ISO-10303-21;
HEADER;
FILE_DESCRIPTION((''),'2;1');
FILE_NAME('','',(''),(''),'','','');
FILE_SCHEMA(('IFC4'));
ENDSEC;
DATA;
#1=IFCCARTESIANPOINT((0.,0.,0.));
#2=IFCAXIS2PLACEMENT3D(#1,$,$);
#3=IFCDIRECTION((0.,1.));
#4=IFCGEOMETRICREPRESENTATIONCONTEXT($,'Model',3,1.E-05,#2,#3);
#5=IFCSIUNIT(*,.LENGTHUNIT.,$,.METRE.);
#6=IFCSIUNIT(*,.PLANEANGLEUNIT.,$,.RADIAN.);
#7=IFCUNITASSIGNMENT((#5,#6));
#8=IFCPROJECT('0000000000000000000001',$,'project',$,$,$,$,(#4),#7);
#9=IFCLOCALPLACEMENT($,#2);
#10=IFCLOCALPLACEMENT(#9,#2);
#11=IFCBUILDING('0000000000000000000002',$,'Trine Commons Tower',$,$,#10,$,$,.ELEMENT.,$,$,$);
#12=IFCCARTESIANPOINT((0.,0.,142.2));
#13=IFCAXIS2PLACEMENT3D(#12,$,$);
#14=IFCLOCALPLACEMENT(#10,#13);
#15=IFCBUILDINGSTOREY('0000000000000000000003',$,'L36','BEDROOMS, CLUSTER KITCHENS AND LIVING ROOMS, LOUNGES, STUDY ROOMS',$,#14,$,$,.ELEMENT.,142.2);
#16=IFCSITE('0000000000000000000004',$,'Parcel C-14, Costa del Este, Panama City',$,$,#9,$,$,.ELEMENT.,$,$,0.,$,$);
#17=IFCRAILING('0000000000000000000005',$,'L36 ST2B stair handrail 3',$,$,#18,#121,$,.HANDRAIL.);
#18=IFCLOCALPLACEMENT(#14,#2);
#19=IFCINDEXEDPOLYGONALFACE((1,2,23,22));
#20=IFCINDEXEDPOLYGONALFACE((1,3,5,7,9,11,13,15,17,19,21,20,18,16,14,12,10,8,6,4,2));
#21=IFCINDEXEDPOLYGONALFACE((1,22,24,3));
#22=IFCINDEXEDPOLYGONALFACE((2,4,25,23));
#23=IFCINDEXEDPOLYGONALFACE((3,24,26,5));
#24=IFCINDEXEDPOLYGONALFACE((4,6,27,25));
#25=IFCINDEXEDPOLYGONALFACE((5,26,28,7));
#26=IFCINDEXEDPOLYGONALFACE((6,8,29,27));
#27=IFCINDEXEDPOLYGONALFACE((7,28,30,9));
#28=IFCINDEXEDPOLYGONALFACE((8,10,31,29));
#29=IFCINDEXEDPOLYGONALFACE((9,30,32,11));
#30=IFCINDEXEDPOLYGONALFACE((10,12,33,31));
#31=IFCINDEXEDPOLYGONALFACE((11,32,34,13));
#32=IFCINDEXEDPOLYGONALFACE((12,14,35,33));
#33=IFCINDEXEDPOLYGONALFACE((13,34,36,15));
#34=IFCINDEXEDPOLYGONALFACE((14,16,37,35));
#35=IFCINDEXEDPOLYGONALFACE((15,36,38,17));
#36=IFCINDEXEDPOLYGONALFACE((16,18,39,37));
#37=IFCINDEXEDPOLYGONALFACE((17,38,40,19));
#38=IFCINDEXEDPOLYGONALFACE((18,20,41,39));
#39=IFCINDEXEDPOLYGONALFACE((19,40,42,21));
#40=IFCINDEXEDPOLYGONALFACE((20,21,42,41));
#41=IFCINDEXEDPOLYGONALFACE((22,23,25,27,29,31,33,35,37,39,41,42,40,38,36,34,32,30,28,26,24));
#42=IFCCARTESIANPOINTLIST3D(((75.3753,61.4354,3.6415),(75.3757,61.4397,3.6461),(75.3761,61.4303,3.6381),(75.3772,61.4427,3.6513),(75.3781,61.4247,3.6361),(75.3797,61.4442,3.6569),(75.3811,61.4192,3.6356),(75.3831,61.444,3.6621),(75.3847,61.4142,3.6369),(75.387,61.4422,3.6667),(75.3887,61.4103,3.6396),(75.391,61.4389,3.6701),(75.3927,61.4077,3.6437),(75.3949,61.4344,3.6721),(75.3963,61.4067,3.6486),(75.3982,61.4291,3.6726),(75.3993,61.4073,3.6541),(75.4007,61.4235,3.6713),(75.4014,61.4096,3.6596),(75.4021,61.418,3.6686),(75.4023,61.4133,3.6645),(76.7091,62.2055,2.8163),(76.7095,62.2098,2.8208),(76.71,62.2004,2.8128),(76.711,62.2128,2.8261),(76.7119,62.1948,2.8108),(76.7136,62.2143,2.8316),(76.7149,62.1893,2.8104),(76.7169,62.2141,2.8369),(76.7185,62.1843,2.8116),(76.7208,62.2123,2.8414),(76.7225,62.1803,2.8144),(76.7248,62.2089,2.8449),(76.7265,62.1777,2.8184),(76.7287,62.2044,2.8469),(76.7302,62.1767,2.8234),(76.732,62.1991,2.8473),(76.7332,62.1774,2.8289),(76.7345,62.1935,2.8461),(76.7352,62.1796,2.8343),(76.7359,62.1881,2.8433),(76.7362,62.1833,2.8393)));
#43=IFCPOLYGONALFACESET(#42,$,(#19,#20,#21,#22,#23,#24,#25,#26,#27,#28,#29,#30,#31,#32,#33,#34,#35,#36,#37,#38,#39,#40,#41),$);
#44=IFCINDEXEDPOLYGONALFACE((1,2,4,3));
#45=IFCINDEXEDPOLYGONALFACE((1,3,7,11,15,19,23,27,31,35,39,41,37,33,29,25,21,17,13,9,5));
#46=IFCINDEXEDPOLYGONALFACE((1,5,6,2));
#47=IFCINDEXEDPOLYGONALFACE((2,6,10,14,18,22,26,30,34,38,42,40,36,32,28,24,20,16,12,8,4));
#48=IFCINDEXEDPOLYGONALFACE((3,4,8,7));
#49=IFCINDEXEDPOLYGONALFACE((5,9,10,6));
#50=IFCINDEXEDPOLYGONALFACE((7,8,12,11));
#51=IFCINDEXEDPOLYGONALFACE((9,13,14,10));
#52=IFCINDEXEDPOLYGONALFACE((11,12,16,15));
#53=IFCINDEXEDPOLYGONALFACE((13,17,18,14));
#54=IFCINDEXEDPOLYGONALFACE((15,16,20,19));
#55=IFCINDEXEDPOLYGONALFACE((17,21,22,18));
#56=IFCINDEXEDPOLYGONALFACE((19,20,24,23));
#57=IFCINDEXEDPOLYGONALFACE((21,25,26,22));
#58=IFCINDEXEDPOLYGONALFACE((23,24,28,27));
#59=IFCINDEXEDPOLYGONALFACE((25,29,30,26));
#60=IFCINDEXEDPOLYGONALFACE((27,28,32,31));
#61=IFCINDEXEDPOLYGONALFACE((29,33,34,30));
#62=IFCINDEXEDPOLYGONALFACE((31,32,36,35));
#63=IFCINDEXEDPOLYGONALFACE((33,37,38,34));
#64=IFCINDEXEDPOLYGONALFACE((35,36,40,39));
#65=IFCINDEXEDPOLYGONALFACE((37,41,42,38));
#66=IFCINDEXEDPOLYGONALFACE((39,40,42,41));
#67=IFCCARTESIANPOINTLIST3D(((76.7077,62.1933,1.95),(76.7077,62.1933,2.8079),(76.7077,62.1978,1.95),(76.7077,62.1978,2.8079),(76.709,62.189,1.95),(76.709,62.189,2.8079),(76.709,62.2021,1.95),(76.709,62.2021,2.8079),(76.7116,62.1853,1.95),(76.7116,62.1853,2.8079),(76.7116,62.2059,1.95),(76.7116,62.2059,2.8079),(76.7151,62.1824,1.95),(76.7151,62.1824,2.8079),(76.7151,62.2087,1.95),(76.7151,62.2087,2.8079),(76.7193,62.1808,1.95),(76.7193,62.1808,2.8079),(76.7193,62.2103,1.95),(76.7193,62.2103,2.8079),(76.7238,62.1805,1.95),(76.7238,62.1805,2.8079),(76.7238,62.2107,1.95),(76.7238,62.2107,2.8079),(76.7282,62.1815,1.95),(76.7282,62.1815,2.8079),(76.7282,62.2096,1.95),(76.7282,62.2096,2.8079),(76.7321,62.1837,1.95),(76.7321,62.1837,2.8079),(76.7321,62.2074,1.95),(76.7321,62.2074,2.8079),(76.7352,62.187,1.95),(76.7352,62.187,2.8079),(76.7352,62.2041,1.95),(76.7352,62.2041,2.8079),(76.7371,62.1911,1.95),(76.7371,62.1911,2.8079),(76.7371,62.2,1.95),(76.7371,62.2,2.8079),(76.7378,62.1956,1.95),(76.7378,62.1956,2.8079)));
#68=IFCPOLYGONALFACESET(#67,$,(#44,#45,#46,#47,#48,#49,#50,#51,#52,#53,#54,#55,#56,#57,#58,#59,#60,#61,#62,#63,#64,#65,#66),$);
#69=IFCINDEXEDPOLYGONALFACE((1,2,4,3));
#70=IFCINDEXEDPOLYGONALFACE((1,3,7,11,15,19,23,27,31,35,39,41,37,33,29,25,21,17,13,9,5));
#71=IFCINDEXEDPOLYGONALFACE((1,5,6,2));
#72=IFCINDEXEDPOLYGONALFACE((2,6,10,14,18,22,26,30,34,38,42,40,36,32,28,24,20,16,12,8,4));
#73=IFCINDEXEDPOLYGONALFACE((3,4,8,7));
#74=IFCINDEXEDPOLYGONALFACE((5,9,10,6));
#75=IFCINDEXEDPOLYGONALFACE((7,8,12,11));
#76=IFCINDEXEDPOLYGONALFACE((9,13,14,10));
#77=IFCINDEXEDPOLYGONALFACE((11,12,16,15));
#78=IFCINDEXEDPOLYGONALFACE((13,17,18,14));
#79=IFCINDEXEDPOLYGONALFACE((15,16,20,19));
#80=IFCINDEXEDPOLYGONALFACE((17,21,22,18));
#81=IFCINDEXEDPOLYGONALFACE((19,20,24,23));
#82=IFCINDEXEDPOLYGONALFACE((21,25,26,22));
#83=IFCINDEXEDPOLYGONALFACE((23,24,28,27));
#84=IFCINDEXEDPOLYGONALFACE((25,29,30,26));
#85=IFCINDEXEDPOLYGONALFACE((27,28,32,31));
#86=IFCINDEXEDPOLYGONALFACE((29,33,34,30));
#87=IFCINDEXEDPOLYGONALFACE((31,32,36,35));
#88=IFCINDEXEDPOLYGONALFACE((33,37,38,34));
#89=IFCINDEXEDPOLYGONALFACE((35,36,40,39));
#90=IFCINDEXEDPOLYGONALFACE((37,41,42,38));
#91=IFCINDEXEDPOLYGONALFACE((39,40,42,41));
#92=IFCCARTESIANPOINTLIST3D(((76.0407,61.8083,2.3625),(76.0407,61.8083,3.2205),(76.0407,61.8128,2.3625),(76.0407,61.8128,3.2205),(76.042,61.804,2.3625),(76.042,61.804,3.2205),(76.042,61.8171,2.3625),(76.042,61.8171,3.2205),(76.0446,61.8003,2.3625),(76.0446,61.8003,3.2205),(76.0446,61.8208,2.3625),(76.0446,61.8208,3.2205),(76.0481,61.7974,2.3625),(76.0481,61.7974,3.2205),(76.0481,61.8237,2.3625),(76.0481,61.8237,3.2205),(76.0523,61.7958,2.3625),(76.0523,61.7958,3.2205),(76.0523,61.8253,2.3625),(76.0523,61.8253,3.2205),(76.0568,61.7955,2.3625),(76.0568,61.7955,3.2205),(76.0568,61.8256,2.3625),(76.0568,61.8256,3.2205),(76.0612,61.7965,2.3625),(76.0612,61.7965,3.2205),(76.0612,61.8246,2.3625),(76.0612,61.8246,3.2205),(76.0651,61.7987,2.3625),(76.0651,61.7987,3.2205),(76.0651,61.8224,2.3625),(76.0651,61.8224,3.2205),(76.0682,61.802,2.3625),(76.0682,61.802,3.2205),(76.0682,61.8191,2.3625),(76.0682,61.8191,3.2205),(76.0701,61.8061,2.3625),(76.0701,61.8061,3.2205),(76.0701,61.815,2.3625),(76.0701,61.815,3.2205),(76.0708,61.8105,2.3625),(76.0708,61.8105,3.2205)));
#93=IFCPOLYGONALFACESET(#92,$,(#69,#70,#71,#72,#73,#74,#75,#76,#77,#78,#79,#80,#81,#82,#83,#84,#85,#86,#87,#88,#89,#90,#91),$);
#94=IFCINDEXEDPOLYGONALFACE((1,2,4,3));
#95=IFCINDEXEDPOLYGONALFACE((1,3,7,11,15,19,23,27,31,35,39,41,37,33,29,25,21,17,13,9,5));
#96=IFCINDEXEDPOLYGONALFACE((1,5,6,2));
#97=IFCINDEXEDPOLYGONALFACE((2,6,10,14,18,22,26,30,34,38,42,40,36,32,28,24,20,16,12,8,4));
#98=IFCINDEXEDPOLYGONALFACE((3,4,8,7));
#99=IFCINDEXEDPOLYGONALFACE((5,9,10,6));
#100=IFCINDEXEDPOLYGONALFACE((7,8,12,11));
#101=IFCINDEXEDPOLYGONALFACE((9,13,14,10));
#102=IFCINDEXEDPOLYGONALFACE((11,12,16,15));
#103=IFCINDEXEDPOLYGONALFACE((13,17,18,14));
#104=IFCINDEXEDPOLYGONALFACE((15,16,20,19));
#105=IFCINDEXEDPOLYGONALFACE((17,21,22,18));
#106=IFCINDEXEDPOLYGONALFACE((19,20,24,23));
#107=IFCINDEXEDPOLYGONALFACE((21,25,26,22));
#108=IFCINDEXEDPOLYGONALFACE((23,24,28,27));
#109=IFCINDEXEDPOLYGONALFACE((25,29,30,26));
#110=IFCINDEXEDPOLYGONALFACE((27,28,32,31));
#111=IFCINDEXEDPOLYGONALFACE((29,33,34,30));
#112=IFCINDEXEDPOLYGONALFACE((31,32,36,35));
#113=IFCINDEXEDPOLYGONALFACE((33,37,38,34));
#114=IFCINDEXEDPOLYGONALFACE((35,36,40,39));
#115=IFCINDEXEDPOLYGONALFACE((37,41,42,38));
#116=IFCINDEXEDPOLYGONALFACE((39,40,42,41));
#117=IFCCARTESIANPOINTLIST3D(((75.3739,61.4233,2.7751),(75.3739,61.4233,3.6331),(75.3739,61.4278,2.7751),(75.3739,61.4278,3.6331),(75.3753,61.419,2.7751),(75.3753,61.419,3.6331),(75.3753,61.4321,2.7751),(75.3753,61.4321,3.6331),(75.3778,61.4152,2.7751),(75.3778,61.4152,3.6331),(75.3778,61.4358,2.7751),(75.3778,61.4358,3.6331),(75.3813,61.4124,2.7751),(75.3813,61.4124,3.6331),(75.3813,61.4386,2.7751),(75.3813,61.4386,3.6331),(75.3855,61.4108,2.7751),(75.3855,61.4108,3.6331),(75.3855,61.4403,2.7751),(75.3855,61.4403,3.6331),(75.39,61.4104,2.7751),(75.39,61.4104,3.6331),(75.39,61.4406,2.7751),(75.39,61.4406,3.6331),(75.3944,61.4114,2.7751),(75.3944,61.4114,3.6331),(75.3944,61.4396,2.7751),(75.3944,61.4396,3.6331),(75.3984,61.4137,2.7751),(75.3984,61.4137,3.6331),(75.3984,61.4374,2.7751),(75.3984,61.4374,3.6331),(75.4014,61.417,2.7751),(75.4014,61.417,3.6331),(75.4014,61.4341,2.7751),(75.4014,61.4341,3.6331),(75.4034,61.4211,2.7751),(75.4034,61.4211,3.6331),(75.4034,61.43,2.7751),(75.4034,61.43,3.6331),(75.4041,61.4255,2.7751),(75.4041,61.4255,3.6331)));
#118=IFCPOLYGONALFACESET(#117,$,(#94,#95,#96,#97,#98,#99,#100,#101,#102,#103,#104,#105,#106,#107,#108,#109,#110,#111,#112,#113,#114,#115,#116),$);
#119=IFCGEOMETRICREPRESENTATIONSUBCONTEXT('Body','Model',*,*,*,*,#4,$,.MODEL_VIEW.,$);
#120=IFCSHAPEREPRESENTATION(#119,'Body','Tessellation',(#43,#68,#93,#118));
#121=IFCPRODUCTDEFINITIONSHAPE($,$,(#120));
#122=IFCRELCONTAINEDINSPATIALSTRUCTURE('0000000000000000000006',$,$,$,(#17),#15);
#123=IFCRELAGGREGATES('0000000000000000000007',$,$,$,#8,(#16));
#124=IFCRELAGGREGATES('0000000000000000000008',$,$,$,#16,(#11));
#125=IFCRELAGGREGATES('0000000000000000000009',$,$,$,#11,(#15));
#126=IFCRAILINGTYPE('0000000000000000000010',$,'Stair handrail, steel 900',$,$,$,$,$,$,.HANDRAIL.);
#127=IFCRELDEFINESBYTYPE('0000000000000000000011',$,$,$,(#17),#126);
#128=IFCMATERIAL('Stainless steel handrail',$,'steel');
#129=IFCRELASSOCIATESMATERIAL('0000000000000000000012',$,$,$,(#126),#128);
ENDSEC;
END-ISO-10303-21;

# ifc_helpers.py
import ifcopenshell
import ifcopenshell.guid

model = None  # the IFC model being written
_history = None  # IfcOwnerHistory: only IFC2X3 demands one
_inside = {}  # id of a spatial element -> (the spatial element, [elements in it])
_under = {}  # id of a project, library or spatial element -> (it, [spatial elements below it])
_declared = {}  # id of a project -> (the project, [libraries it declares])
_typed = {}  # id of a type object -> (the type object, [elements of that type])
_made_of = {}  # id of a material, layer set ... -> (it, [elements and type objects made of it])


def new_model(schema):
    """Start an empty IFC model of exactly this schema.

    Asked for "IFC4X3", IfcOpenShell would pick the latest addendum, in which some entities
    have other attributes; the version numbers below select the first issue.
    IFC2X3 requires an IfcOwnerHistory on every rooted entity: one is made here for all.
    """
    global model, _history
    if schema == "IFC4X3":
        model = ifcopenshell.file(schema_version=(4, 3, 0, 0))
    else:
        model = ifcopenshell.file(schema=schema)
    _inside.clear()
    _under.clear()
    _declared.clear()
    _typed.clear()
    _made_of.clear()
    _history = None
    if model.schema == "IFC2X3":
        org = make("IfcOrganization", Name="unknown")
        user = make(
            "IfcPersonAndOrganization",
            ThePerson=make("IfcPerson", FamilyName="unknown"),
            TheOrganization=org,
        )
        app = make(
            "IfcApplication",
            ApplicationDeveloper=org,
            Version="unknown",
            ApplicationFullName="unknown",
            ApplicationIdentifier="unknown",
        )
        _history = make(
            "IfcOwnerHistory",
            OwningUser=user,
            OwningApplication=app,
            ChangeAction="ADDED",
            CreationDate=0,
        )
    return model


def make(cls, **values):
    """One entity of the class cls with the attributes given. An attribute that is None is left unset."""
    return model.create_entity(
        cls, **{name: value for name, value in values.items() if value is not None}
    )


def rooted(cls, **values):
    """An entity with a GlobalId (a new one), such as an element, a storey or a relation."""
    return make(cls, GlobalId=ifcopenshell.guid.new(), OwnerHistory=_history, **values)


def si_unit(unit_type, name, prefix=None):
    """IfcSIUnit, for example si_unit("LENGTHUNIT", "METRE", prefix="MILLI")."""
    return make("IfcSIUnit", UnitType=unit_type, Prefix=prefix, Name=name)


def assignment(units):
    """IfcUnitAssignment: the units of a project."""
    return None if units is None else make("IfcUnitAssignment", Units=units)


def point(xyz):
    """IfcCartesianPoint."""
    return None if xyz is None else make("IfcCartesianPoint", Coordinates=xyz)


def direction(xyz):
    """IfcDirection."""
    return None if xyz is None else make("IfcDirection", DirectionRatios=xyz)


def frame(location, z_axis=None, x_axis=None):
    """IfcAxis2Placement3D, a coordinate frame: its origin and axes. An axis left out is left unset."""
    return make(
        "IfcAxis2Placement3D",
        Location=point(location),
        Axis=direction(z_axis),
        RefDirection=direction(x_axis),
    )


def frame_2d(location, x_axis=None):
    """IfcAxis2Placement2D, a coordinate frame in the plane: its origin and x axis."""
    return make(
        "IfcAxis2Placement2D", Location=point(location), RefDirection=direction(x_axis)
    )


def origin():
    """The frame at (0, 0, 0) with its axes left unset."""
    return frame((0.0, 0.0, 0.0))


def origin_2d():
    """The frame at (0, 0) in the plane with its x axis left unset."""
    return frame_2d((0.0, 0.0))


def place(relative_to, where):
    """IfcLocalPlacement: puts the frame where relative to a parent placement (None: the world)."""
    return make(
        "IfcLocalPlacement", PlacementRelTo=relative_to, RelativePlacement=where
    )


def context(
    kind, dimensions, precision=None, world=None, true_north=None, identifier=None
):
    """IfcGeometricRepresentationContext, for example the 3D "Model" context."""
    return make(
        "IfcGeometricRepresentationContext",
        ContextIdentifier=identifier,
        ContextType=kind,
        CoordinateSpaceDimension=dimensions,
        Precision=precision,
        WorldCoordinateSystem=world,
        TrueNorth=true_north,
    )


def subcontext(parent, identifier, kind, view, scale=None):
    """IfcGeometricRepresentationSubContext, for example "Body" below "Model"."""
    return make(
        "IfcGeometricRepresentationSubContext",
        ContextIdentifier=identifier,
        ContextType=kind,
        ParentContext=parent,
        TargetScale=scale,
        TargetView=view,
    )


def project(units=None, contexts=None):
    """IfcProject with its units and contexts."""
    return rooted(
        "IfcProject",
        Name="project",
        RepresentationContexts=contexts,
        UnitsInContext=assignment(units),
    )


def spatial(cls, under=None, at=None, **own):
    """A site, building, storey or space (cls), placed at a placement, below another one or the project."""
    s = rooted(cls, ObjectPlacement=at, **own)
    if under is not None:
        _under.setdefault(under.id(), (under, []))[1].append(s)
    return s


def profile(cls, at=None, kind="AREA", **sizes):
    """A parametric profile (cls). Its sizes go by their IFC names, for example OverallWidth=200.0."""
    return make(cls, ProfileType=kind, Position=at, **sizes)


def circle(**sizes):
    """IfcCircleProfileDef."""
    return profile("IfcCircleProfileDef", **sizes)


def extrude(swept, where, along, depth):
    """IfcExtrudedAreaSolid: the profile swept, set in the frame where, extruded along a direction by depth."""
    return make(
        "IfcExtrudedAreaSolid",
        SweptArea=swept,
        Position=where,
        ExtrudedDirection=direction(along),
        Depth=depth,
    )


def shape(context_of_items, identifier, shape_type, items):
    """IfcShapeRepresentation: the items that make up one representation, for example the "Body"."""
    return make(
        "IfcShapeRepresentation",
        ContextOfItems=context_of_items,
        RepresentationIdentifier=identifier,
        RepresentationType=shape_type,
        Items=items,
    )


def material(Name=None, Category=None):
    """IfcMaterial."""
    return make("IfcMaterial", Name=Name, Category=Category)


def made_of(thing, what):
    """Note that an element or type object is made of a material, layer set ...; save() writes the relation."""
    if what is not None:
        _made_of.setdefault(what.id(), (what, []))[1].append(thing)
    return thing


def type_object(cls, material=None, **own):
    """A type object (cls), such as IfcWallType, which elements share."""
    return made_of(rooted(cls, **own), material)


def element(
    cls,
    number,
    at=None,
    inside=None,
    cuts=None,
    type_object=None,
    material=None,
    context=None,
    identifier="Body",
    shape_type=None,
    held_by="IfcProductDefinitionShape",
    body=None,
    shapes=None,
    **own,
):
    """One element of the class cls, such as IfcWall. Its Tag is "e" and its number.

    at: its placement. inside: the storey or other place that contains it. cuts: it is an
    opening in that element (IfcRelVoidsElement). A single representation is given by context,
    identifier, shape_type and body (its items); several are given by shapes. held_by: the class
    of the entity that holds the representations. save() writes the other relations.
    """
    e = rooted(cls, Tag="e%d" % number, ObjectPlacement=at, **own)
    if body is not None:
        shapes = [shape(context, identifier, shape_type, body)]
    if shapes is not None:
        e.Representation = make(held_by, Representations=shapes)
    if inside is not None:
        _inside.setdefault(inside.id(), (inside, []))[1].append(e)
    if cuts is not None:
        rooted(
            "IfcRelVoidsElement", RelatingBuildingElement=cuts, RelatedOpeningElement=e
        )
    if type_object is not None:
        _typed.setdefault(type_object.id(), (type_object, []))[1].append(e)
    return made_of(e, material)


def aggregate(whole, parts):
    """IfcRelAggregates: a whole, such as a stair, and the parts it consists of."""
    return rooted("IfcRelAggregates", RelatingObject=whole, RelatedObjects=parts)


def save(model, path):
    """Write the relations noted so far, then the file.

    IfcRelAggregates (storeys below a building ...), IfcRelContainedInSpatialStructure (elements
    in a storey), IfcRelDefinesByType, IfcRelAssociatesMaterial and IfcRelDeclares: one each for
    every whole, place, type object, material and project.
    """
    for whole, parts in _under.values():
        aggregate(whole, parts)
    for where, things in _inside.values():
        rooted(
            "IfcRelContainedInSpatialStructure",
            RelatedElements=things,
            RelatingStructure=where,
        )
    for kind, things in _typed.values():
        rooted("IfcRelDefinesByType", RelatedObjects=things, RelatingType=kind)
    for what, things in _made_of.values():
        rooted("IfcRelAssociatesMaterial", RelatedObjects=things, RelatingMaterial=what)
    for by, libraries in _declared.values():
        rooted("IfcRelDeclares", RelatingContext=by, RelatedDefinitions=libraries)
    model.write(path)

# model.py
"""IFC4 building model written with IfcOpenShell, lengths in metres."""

from ifc_helpers import new_model, si_unit, direction, frame, origin, origin_2d, place, context, subcontext, project, spatial, circle, extrude, material, type_object, element, save


model = new_model("IFC4")

# Units and contexts
model_context = context("Model", 3, precision=1e-05, world=origin(), true_north=direction((0.0, 1.0)))
body_context = subcontext(model_context, "Body", "Model", "MODEL_VIEW")
ifc_project = project(units=[si_unit("LENGTHUNIT", "METRE"), si_unit("PLANEANGLEUNIT", "RADIAN")], contexts=[model_context])

# Site, building, storey
site_placement = place(None, origin())
site = spatial("IfcSite", under=ifc_project, at=site_placement, Name="Parcel C-14, Costa del Este, Panama City", CompositionType="ELEMENT", RefElevation=0.0)
building_placement = place(site_placement, origin())
building = spatial("IfcBuilding", under=site, at=building_placement, Name="Trine Commons Tower", CompositionType="ELEMENT")
storey_placement = place(building_placement, frame((0.0, 0.0, 142.2)))
storey = spatial("IfcBuildingStorey", under=building, at=storey_placement, Name="L36", Description="BEDROOMS, CLUSTER KITCHENS AND LIVING ROOMS, LOUNGES, STUDY ROOMS", CompositionType="ELEMENT", Elevation=142.2)

# Railing
ifc_material_1 = material(Name="Stainless steel handrail", Category="steel")
railing_type_1 = type_object("IfcRailingType", Name="Stair handrail, steel 900", PredefinedType="HANDRAIL", material=ifc_material_1)
railing_1_placement = place(storey_placement, frame((76.7227, 62.1956, 1.95)))
element("IfcRailing", 1, at=railing_1_placement, inside=storey, type_object=railing_type_1, Name="L36 ST2B stair handrail 3", PredefinedType="HANDRAIL", context=body_context, shape_type="SweptSolid", body=[
    extrude(circle(Radius=0.021, at=origin_2d()), frame((0.0, 0.0, 0.8789), z_axis=(-0.763355, -0.440714, 0.472293), x_axis=(0.499992, -0.86603, 0.0)), (0.0, 0.0, 1.0), 1.7473),
    extrude(circle(Radius=0.0151, at=origin_2d()), origin(), (0.0, 0.0, 1.0), 0.8579),
    extrude(circle(Radius=0.0151, at=origin_2d()), frame((-0.667, -0.385, 0.4126)), (0.0, 0.0, 1.0), 0.8579),
    extrude(circle(Radius=0.0151, at=origin_2d()), frame((-1.3337, -0.77, 0.8252)), (0.0, 0.0, 1.0), 0.8579),
])

save(model, "model.ifc")
